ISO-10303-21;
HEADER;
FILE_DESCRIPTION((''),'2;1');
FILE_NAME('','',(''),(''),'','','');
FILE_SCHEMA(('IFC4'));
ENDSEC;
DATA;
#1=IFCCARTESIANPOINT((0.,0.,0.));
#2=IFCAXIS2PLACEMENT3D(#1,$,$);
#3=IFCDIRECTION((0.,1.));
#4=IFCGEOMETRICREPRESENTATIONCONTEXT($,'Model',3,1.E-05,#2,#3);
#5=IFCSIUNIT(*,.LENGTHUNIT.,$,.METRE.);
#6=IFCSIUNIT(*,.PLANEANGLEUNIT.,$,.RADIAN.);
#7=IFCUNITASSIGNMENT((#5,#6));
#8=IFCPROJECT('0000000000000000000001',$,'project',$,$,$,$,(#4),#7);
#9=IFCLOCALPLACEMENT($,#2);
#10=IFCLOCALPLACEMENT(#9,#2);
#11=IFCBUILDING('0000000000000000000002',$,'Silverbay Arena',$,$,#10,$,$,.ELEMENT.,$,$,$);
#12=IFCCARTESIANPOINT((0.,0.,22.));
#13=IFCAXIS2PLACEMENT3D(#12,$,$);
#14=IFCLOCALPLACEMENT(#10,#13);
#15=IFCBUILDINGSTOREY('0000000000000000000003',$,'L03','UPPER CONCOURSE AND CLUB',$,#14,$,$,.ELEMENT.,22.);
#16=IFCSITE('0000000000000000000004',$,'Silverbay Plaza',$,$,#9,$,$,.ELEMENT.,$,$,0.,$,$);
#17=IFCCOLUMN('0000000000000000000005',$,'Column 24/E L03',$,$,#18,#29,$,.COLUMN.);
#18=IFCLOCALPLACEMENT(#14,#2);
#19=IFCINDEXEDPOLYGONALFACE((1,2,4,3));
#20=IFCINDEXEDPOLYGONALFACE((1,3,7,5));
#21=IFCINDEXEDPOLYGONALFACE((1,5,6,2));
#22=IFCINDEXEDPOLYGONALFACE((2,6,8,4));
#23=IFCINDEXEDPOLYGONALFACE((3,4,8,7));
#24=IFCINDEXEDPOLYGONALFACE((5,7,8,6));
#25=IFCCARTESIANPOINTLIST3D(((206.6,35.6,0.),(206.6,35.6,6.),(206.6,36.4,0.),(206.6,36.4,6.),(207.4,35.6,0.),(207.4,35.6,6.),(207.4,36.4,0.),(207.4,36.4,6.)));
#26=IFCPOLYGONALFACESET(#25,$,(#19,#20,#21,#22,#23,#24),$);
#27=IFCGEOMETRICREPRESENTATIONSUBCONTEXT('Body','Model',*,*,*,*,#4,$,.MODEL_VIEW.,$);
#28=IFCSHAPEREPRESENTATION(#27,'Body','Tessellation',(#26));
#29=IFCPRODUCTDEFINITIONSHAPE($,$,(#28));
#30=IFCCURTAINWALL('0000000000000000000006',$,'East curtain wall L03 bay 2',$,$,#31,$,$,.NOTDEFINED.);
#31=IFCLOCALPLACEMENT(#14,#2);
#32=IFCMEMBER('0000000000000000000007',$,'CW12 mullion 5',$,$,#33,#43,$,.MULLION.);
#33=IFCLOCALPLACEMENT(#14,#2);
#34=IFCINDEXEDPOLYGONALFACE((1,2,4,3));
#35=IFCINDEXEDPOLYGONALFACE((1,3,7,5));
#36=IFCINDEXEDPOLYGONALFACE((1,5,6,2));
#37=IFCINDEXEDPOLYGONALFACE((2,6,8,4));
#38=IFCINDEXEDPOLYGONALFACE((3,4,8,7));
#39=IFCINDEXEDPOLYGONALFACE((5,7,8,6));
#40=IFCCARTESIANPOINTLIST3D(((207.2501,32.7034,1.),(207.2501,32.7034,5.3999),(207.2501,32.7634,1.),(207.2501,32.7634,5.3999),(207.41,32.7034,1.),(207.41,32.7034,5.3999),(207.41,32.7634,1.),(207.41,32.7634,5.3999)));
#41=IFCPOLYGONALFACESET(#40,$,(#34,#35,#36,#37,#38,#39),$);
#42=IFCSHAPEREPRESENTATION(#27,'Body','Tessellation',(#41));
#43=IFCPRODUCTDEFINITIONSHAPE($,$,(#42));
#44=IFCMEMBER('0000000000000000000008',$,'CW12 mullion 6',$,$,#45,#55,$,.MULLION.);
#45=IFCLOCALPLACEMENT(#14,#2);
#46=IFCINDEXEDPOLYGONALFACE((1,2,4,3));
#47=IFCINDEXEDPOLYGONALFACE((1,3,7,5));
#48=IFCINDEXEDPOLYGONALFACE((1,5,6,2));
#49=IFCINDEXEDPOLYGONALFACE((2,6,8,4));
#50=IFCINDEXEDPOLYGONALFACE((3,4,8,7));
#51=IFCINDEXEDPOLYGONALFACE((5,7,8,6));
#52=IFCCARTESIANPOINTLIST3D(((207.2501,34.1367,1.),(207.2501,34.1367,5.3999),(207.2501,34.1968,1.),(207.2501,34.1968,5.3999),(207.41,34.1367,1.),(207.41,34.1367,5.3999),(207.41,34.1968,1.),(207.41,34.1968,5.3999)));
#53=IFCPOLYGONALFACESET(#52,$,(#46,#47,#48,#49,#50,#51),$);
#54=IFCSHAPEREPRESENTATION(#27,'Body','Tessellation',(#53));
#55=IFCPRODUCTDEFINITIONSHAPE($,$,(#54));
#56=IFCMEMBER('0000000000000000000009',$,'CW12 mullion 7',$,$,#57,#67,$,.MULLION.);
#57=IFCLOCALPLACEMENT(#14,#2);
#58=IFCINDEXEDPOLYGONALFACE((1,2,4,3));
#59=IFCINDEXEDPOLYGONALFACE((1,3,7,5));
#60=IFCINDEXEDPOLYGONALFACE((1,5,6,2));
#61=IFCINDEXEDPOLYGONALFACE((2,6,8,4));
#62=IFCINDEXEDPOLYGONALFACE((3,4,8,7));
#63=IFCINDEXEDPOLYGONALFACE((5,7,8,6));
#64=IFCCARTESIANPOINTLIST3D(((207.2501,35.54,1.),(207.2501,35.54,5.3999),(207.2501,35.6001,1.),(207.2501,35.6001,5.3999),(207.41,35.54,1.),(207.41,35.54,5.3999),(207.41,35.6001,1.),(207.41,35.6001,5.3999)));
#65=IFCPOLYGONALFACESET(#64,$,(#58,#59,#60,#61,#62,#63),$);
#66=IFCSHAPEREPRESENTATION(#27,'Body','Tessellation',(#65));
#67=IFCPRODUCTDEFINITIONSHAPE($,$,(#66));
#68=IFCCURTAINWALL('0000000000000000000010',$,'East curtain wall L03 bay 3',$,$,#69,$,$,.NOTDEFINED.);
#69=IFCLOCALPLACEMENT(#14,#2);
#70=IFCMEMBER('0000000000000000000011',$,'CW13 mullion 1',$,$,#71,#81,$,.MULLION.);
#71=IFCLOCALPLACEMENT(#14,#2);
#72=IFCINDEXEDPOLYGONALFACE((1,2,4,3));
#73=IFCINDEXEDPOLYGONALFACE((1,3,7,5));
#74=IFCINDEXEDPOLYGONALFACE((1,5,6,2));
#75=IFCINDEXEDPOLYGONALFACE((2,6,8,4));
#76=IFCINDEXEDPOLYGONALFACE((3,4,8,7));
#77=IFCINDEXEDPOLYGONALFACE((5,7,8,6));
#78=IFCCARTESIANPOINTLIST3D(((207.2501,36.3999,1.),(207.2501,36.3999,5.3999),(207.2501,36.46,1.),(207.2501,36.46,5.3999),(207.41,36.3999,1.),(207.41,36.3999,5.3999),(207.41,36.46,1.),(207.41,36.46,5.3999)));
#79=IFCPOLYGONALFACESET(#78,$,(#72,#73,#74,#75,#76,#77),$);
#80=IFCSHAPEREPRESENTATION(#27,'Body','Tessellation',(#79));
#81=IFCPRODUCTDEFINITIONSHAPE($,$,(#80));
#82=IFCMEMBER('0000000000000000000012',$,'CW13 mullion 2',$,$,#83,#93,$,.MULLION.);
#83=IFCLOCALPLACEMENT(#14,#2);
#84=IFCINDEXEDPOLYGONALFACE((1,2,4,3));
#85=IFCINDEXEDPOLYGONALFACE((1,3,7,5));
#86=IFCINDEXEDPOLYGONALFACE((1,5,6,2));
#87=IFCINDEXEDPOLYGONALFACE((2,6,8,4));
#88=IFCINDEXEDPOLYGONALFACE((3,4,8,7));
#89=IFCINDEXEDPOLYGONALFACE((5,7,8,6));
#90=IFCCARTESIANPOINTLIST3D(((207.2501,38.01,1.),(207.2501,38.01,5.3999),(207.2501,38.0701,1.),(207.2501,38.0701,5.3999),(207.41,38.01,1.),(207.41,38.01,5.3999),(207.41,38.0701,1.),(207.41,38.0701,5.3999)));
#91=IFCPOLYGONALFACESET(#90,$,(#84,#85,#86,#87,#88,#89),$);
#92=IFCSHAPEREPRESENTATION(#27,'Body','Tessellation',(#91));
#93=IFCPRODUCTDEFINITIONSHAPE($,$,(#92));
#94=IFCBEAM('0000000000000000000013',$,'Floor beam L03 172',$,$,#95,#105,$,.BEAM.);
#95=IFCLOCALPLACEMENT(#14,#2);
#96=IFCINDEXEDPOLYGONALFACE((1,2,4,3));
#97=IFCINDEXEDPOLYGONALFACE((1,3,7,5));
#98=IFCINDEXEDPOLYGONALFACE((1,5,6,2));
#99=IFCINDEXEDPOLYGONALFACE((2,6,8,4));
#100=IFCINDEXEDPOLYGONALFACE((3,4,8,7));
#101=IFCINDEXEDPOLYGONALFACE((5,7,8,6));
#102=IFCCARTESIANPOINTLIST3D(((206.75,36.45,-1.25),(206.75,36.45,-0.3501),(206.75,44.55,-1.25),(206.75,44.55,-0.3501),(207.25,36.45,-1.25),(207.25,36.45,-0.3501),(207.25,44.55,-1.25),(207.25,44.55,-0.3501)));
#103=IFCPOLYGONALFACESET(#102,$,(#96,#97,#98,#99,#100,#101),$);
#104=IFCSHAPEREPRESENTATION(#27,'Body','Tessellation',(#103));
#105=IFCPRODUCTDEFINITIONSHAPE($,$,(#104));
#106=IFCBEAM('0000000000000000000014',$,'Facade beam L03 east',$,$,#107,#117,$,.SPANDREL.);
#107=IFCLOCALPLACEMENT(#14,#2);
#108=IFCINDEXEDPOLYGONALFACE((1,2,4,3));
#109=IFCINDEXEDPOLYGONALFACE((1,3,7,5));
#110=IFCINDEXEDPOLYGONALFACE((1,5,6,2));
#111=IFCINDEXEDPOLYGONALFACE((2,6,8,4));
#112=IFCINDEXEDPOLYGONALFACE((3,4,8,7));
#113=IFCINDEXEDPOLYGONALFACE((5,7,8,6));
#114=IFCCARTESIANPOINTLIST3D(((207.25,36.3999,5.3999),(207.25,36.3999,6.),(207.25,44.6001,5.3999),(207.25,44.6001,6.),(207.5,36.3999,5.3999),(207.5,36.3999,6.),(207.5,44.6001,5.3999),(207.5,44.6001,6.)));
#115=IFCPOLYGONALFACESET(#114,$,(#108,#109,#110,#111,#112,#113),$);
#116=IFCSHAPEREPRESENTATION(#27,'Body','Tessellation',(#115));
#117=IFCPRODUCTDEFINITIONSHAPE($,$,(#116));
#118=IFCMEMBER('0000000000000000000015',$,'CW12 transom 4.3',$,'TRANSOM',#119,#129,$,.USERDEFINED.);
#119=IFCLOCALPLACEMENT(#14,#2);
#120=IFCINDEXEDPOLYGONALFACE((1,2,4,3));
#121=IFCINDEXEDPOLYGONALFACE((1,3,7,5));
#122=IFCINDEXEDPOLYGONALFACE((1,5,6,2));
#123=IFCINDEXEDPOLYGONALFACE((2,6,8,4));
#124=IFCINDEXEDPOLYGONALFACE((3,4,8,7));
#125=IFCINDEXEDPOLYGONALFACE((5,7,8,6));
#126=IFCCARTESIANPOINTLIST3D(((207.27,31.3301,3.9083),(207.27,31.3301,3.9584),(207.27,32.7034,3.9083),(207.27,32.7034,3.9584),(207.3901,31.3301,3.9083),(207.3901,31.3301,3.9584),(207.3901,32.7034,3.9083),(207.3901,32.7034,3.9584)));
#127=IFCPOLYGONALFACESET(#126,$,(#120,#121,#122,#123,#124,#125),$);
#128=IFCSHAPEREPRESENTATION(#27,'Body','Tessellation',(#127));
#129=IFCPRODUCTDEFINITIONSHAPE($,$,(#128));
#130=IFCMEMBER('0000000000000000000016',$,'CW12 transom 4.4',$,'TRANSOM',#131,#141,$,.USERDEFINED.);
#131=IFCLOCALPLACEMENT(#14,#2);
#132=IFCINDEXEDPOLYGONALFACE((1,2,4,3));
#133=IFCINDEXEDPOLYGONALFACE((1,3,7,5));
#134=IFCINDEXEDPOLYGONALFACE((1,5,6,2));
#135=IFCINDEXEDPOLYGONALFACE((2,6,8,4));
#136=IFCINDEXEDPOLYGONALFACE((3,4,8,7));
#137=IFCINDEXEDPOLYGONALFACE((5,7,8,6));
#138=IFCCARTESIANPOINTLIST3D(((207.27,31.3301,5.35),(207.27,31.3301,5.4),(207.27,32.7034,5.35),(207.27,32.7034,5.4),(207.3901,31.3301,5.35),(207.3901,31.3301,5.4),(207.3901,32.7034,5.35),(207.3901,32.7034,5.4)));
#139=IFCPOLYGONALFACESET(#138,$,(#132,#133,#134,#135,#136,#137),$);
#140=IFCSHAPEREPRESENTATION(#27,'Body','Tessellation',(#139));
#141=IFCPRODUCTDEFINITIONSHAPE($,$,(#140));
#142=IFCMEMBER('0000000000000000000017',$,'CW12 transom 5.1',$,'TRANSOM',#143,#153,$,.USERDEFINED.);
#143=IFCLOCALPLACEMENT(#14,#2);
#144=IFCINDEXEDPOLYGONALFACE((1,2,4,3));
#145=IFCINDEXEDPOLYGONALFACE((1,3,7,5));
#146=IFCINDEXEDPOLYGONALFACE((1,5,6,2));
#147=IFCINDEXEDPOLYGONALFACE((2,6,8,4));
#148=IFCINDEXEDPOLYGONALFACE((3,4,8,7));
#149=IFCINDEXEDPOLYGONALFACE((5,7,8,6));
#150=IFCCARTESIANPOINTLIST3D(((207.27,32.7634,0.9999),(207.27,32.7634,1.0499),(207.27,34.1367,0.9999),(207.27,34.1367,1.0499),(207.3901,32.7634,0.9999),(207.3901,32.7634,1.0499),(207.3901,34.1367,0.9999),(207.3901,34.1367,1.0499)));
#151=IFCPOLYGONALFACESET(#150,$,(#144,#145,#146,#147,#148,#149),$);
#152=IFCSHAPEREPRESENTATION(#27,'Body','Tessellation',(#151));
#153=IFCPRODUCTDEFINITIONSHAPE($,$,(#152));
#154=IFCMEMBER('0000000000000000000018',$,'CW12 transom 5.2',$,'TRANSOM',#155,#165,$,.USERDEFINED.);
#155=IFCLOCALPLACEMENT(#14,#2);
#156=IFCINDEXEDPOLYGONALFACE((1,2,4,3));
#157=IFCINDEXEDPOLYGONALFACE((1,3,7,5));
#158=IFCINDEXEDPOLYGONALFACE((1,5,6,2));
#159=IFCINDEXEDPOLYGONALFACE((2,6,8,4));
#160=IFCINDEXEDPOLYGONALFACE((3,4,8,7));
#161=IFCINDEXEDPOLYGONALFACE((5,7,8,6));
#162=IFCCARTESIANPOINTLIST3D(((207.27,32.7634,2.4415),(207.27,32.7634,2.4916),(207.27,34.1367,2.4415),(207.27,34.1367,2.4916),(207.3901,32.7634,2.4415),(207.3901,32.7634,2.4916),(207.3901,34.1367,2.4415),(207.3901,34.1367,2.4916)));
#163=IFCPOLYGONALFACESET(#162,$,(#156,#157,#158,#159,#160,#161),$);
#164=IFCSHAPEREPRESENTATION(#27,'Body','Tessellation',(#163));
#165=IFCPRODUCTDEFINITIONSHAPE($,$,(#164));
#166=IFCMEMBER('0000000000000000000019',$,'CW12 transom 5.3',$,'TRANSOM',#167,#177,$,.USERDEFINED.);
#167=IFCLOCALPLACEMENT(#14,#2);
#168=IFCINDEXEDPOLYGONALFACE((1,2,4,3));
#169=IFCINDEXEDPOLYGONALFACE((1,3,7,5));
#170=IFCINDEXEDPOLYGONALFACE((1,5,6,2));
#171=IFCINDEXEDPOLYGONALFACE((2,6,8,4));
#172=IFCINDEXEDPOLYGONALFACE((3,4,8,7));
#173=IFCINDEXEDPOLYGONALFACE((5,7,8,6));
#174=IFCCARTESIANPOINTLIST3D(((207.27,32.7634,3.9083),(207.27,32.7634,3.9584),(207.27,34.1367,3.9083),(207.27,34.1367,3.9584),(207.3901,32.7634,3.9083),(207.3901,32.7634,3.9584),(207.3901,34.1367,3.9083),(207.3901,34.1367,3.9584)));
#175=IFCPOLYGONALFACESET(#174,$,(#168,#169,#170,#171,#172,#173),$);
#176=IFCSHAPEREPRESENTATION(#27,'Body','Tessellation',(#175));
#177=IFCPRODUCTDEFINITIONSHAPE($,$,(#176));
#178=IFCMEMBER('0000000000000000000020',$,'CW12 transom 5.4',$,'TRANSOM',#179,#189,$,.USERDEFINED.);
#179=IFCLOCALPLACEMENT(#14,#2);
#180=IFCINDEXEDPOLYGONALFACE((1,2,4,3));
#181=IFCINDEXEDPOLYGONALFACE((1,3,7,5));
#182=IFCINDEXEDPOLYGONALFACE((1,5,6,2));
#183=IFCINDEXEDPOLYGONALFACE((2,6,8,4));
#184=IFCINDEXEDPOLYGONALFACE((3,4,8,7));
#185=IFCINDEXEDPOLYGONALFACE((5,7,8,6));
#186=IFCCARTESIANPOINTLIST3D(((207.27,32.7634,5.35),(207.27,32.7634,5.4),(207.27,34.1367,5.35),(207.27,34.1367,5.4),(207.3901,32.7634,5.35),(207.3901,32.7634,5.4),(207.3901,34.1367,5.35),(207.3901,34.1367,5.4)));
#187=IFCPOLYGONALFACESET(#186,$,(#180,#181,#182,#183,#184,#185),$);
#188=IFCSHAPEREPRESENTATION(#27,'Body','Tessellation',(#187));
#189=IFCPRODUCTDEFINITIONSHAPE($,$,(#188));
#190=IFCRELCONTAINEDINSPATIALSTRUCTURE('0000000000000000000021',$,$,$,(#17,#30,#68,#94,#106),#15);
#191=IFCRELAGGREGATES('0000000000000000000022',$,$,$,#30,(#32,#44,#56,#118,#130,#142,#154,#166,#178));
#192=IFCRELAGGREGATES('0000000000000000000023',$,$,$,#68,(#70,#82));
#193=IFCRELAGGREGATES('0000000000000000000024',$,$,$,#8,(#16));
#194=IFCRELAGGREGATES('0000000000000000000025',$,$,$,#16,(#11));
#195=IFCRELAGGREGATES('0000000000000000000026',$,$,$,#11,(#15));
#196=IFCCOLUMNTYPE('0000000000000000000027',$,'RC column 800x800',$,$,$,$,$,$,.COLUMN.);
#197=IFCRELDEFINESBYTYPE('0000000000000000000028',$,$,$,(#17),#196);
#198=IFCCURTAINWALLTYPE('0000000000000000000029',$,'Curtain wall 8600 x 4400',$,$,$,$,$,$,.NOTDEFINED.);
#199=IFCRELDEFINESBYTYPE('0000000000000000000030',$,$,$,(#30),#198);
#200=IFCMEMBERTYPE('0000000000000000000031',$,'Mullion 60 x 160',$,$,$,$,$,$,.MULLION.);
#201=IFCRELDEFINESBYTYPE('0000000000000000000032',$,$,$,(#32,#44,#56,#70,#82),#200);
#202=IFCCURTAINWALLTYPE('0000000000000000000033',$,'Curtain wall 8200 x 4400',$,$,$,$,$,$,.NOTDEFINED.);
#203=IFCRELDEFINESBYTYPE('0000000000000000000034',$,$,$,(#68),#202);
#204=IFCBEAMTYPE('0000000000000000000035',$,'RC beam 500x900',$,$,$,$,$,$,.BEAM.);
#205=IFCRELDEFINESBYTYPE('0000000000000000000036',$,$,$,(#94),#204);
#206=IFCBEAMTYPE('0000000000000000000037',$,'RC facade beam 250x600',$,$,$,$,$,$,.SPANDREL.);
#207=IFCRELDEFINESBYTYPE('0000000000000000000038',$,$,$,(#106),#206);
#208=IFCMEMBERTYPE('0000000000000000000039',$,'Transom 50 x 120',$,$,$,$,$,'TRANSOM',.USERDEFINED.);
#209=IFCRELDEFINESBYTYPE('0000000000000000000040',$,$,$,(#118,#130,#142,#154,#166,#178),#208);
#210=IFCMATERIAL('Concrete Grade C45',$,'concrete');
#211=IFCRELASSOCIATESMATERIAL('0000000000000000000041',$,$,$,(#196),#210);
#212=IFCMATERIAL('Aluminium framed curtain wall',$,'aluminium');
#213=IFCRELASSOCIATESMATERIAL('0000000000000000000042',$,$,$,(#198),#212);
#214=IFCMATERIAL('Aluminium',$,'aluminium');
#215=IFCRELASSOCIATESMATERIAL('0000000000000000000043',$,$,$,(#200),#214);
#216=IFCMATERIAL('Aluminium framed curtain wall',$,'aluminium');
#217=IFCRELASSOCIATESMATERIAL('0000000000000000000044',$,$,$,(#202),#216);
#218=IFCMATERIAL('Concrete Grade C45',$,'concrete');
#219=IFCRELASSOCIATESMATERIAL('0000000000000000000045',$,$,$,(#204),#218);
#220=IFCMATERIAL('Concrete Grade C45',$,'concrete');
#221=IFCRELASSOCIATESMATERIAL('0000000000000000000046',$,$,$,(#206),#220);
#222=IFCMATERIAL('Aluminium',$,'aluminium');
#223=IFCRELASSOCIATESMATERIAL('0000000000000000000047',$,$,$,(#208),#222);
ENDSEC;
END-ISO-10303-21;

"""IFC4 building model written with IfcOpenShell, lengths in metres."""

from ifc_helpers import new_model, si_unit, direction, frame, origin, origin_2d, place, context, subcontext, project, spatial, rectangle, extrude, material, material_profile, profile_set, type_object, element, aggregate, save


model = new_model("IFC4")

# Units and contexts
model_context = context("Model", 3, precision=1e-05, world=origin(), true_north=direction((0.0, 1.0)))
body_context = subcontext(model_context, "Body", "Model", "MODEL_VIEW")
ifc_project = project(units=[si_unit("LENGTHUNIT", "METRE"), si_unit("PLANEANGLEUNIT", "RADIAN")], contexts=[model_context])

# Site, building, storey
site_placement = place(None, origin())
site = spatial("IfcSite", under=ifc_project, at=site_placement, Name="Silverbay Plaza", CompositionType="ELEMENT", RefElevation=0.0)
building_placement = place(site_placement, origin())
building = spatial("IfcBuilding", under=site, at=building_placement, Name="Silverbay Arena", CompositionType="ELEMENT")
storey_placement = place(building_placement, frame((0.0, 0.0, 22.0)))
storey = spatial("IfcBuildingStorey", under=building, at=storey_placement, Name="L03", Description="UPPER CONCOURSE AND CLUB", CompositionType="ELEMENT", Elevation=22.0)

# Column
ifc_material_1 = material(Name="Concrete Grade C45", Category="concrete")
ifc_material_profile_1 = material_profile(ifc_material_1, rectangle(XDim=0.8, YDim=0.8, at=origin_2d()), Name="RC 800x800")
ifc_profile_set_1 = profile_set([ifc_material_profile_1], Name="Concrete Grade C45")
column_type = type_object("IfcColumnType", Name="RC column 800x800", PredefinedType="COLUMN", material=ifc_profile_set_1)
column_placement = place(storey_placement, frame((207.0, 36.0, 0.0), z_axis=(0.0, 0.0, 1.0), x_axis=(1.0, 0.0, 0.0)))
element("IfcColumn", 1, at=column_placement, inside=storey, type_object=column_type, Name="Column 24/E L03", PredefinedType="COLUMN", context=body_context, shape_type="SweptSolid", body=[
    extrude(rectangle(XDim=0.8, YDim=0.8, at=origin_2d()), origin(), (0.0, 0.0, 1.0), 6.0),
])

# Curtain walls, members
ifc_material_2 = material(Name="Aluminium framed curtain wall", Category="aluminium")
curtain_wall_type_1 = type_object("IfcCurtainWallType", Name="Curtain wall 8600 x 4400", PredefinedType="NOTDEFINED", material=ifc_material_2)
curtain_wall_1_placement = place(storey_placement, origin())
curtain_wall_1 = element("IfcCurtainWall", 2, at=curtain_wall_1_placement, inside=storey, type_object=curtain_wall_type_1, Name="East curtain wall L03 bay 2", PredefinedType="NOTDEFINED")
ifc_material_3 = material(Name="Aluminium", Category="aluminium")
ifc_material_profile_2 = material_profile(ifc_material_3, rectangle(XDim=0.1599, YDim=0.0601, at=origin_2d()), Name="Mullion 60 x 160")
ifc_profile_set_2 = profile_set([ifc_material_profile_2], Name="Aluminium")
member_type_1 = type_object("IfcMemberType", Name="Mullion 60 x 160", PredefinedType="MULLION", material=ifc_profile_set_2)
member_1_placement = place(storey_placement, frame((207.3301, 32.7334, 1.0), z_axis=(0.0, 0.0, 1.0), x_axis=(-1.0, 0.0, 0.0)))
member_1 = element("IfcMember", 3, at=member_1_placement, type_object=member_type_1, Name="CW12 mullion 5", PredefinedType="MULLION", context=body_context, shape_type="SweptSolid", body=[
    extrude(rectangle(XDim=0.1599, YDim=0.0601, at=origin_2d()), origin(), (0.0, 0.0, 1.0), 4.3999),
])
member_2_placement = place(storey_placement, frame((207.3301, 34.1667, 1.0), z_axis=(0.0, 0.0, 1.0), x_axis=(-1.0, 0.0, 0.0)))
member_2 = element("IfcMember", 4, at=member_2_placement, type_object=member_type_1, Name="CW12 mullion 6", PredefinedType="MULLION", context=body_context, shape_type="SweptSolid", body=[
    extrude(rectangle(XDim=0.1599, YDim=0.0601, at=origin_2d()), origin(), (0.0, 0.0, 1.0), 4.3999),
])
member_3_placement = place(storey_placement, frame((207.3301, 35.5701, 1.0), z_axis=(0.0, 0.0, 1.0), x_axis=(-1.0, 0.0, 0.0)))
member_3 = element("IfcMember", 5, at=member_3_placement, type_object=member_type_1, Name="CW12 mullion 7", PredefinedType="MULLION", context=body_context, shape_type="SweptSolid", body=[
    extrude(rectangle(XDim=0.1599, YDim=0.0601, at=origin_2d()), origin(), (0.0, 0.0, 1.0), 4.3999),
])
ifc_material_4 = material(Name="Aluminium framed curtain wall", Category="aluminium")
curtain_wall_type_2 = type_object("IfcCurtainWallType", Name="Curtain wall 8200 x 4400", PredefinedType="NOTDEFINED", material=ifc_material_4)
curtain_wall_2_placement = place(storey_placement, origin())
curtain_wall_2 = element("IfcCurtainWall", 6, at=curtain_wall_2_placement, inside=storey, type_object=curtain_wall_type_2, Name="East curtain wall L03 bay 3", PredefinedType="NOTDEFINED")
member_4_placement = place(storey_placement, frame((207.3301, 36.4299, 1.0), z_axis=(0.0, 0.0, 1.0), x_axis=(-1.0, 0.0, 0.0)))
member_4 = element("IfcMember", 7, at=member_4_placement, type_object=member_type_1, Name="CW13 mullion 1", PredefinedType="MULLION", context=body_context, shape_type="SweptSolid", body=[
    extrude(rectangle(XDim=0.1599, YDim=0.0601, at=origin_2d()), origin(), (0.0, 0.0, 1.0), 4.3999),
])
member_5_placement = place(storey_placement, frame((207.3301, 38.04, 1.0), z_axis=(0.0, 0.0, 1.0), x_axis=(-1.0, 0.0, 0.0)))
member_5 = element("IfcMember", 8, at=member_5_placement, type_object=member_type_1, Name="CW13 mullion 2", PredefinedType="MULLION", context=body_context, shape_type="SweptSolid", body=[
    extrude(rectangle(XDim=0.1599, YDim=0.0601, at=origin_2d()), origin(), (0.0, 0.0, 1.0), 4.3999),
])

# Beams
ifc_material_5 = material(Name="Concrete Grade C45", Category="concrete")
ifc_material_profile_3 = material_profile(ifc_material_5, rectangle(XDim=0.5, YDim=0.8999, at=origin_2d()), Name="RC 500x900")
ifc_profile_set_3 = profile_set([ifc_material_profile_3], Name="Concrete Grade C45")
beam_type_1 = type_object("IfcBeamType", Name="RC beam 500x900", PredefinedType="BEAM", material=ifc_profile_set_3)
beam_1_placement = place(storey_placement, frame((207.0, 36.45, -0.8), z_axis=(0.0, 1.0, 0.0), x_axis=(-1.0, 0.0, 0.0)))
element("IfcBeam", 9, at=beam_1_placement, inside=storey, type_object=beam_type_1, Name="Floor beam L03 172", PredefinedType="BEAM", context=body_context, shape_type="SweptSolid", body=[
    extrude(rectangle(XDim=0.5, YDim=0.8999, at=origin_2d()), origin(), (0.0, 0.0, 1.0), 8.1001),
])
ifc_material_6 = material(Name="Concrete Grade C45", Category="concrete")
ifc_material_profile_4 = material_profile(ifc_material_6, rectangle(XDim=0.25, YDim=0.6001, at=origin_2d()), Name="RC 250x600")
ifc_profile_set_4 = profile_set([ifc_material_profile_4], Name="Concrete Grade C45")
beam_type_2 = type_object("IfcBeamType", Name="RC facade beam 250x600", PredefinedType="SPANDREL", material=ifc_profile_set_4)
beam_2_placement = place(storey_placement, frame((207.375, 36.3999, 5.7), z_axis=(0.0, 1.0, 0.0), x_axis=(-1.0, 0.0, 0.0)))
element("IfcBeam", 10, at=beam_2_placement, inside=storey, type_object=beam_type_2, Name="Facade beam L03 east", PredefinedType="SPANDREL", context=body_context, shape_type="SweptSolid", body=[
    extrude(rectangle(XDim=0.25, YDim=0.6001, at=origin_2d()), origin(), (0.0, 0.0, 1.0), 8.2002),
])

# Members
ifc_material_7 = material(Name="Aluminium", Category="aluminium")
ifc_material_profile_5 = material_profile(ifc_material_7, rectangle(XDim=0.1201, YDim=0.05, at=origin_2d()), Name="Transom 50 x 120")
ifc_profile_set_5 = profile_set([ifc_material_profile_5], Name="Aluminium")
member_type_2 = type_object("IfcMemberType", Name="Transom 50 x 120", ElementType="TRANSOM", PredefinedType="USERDEFINED", material=ifc_profile_set_5)
member_6_placement = place(storey_placement, frame((207.3301, 31.3301, 3.9333), z_axis=(0.0, 1.0, 0.0), x_axis=(-1.0, 0.0, 0.0)))
member_6 = element("IfcMember", 11, at=member_6_placement, type_object=member_type_2, Name="CW12 transom 4.3", ObjectType="TRANSOM", PredefinedType="USERDEFINED", context=body_context, shape_type="SweptSolid", body=[
    extrude(rectangle(XDim=0.1201, YDim=0.05, at=origin_2d()), origin(), (0.0, 0.0, 1.0), 1.3733),
])
member_7_placement = place(storey_placement, frame((207.3301, 31.3301, 5.375), z_axis=(0.0, 1.0, 0.0), x_axis=(-1.0, 0.0, 0.0)))
member_7 = element("IfcMember", 12, at=member_7_placement, type_object=member_type_2, Name="CW12 transom 4.4", ObjectType="TRANSOM", PredefinedType="USERDEFINED", context=body_context, shape_type="SweptSolid", body=[
    extrude(rectangle(XDim=0.1201, YDim=0.05, at=origin_2d()), origin(), (0.0, 0.0, 1.0), 1.3733),
])
member_8_placement = place(storey_placement, frame((207.3301, 32.7634, 1.0249), z_axis=(0.0, 1.0, 0.0), x_axis=(-1.0, 0.0, 0.0)))
member_8 = element("IfcMember", 13, at=member_8_placement, type_object=member_type_2, Name="CW12 transom 5.1", ObjectType="TRANSOM", PredefinedType="USERDEFINED", context=body_context, shape_type="SweptSolid", body=[
    extrude(rectangle(XDim=0.1201, YDim=0.05, at=origin_2d()), origin(), (0.0, 0.0, 1.0), 1.3733),
])
member_9_placement = place(storey_placement, frame((207.3301, 32.7634, 2.4666), z_axis=(0.0, 1.0, 0.0), x_axis=(-1.0, 0.0, 0.0)))
member_9 = element("IfcMember", 14, at=member_9_placement, type_object=member_type_2, Name="CW12 transom 5.2", ObjectType="TRANSOM", PredefinedType="USERDEFINED", context=body_context, shape_type="SweptSolid", body=[
    extrude(rectangle(XDim=0.1201, YDim=0.05, at=origin_2d()), origin(), (0.0, 0.0, 1.0), 1.3733),
])
member_10_placement = place(storey_placement, frame((207.3301, 32.7634, 3.9333), z_axis=(0.0, 1.0, 0.0), x_axis=(-1.0, 0.0, 0.0)))
member_10 = element("IfcMember", 15, at=member_10_placement, type_object=member_type_2, Name="CW12 transom 5.3", ObjectType="TRANSOM", PredefinedType="USERDEFINED", context=body_context, shape_type="SweptSolid", body=[
    extrude(rectangle(XDim=0.1201, YDim=0.05, at=origin_2d()), origin(), (0.0, 0.0, 1.0), 1.3733),
])
member_11_placement = place(storey_placement, frame((207.3301, 32.7634, 5.375), z_axis=(0.0, 1.0, 0.0), x_axis=(-1.0, 0.0, 0.0)))
member_11 = element("IfcMember", 16, at=member_11_placement, type_object=member_type_2, Name="CW12 transom 5.4", ObjectType="TRANSOM", PredefinedType="USERDEFINED", context=body_context, shape_type="SweptSolid", body=[
    extrude(rectangle(XDim=0.1201, YDim=0.05, at=origin_2d()), origin(), (0.0, 0.0, 1.0), 1.3733),
])

aggregate(curtain_wall_1, [member_1, member_2, member_3, member_6, member_7, member_8, member_9, member_10, member_11])
aggregate(curtain_wall_2, [member_4, member_5])

save(model, "model.ifc")
